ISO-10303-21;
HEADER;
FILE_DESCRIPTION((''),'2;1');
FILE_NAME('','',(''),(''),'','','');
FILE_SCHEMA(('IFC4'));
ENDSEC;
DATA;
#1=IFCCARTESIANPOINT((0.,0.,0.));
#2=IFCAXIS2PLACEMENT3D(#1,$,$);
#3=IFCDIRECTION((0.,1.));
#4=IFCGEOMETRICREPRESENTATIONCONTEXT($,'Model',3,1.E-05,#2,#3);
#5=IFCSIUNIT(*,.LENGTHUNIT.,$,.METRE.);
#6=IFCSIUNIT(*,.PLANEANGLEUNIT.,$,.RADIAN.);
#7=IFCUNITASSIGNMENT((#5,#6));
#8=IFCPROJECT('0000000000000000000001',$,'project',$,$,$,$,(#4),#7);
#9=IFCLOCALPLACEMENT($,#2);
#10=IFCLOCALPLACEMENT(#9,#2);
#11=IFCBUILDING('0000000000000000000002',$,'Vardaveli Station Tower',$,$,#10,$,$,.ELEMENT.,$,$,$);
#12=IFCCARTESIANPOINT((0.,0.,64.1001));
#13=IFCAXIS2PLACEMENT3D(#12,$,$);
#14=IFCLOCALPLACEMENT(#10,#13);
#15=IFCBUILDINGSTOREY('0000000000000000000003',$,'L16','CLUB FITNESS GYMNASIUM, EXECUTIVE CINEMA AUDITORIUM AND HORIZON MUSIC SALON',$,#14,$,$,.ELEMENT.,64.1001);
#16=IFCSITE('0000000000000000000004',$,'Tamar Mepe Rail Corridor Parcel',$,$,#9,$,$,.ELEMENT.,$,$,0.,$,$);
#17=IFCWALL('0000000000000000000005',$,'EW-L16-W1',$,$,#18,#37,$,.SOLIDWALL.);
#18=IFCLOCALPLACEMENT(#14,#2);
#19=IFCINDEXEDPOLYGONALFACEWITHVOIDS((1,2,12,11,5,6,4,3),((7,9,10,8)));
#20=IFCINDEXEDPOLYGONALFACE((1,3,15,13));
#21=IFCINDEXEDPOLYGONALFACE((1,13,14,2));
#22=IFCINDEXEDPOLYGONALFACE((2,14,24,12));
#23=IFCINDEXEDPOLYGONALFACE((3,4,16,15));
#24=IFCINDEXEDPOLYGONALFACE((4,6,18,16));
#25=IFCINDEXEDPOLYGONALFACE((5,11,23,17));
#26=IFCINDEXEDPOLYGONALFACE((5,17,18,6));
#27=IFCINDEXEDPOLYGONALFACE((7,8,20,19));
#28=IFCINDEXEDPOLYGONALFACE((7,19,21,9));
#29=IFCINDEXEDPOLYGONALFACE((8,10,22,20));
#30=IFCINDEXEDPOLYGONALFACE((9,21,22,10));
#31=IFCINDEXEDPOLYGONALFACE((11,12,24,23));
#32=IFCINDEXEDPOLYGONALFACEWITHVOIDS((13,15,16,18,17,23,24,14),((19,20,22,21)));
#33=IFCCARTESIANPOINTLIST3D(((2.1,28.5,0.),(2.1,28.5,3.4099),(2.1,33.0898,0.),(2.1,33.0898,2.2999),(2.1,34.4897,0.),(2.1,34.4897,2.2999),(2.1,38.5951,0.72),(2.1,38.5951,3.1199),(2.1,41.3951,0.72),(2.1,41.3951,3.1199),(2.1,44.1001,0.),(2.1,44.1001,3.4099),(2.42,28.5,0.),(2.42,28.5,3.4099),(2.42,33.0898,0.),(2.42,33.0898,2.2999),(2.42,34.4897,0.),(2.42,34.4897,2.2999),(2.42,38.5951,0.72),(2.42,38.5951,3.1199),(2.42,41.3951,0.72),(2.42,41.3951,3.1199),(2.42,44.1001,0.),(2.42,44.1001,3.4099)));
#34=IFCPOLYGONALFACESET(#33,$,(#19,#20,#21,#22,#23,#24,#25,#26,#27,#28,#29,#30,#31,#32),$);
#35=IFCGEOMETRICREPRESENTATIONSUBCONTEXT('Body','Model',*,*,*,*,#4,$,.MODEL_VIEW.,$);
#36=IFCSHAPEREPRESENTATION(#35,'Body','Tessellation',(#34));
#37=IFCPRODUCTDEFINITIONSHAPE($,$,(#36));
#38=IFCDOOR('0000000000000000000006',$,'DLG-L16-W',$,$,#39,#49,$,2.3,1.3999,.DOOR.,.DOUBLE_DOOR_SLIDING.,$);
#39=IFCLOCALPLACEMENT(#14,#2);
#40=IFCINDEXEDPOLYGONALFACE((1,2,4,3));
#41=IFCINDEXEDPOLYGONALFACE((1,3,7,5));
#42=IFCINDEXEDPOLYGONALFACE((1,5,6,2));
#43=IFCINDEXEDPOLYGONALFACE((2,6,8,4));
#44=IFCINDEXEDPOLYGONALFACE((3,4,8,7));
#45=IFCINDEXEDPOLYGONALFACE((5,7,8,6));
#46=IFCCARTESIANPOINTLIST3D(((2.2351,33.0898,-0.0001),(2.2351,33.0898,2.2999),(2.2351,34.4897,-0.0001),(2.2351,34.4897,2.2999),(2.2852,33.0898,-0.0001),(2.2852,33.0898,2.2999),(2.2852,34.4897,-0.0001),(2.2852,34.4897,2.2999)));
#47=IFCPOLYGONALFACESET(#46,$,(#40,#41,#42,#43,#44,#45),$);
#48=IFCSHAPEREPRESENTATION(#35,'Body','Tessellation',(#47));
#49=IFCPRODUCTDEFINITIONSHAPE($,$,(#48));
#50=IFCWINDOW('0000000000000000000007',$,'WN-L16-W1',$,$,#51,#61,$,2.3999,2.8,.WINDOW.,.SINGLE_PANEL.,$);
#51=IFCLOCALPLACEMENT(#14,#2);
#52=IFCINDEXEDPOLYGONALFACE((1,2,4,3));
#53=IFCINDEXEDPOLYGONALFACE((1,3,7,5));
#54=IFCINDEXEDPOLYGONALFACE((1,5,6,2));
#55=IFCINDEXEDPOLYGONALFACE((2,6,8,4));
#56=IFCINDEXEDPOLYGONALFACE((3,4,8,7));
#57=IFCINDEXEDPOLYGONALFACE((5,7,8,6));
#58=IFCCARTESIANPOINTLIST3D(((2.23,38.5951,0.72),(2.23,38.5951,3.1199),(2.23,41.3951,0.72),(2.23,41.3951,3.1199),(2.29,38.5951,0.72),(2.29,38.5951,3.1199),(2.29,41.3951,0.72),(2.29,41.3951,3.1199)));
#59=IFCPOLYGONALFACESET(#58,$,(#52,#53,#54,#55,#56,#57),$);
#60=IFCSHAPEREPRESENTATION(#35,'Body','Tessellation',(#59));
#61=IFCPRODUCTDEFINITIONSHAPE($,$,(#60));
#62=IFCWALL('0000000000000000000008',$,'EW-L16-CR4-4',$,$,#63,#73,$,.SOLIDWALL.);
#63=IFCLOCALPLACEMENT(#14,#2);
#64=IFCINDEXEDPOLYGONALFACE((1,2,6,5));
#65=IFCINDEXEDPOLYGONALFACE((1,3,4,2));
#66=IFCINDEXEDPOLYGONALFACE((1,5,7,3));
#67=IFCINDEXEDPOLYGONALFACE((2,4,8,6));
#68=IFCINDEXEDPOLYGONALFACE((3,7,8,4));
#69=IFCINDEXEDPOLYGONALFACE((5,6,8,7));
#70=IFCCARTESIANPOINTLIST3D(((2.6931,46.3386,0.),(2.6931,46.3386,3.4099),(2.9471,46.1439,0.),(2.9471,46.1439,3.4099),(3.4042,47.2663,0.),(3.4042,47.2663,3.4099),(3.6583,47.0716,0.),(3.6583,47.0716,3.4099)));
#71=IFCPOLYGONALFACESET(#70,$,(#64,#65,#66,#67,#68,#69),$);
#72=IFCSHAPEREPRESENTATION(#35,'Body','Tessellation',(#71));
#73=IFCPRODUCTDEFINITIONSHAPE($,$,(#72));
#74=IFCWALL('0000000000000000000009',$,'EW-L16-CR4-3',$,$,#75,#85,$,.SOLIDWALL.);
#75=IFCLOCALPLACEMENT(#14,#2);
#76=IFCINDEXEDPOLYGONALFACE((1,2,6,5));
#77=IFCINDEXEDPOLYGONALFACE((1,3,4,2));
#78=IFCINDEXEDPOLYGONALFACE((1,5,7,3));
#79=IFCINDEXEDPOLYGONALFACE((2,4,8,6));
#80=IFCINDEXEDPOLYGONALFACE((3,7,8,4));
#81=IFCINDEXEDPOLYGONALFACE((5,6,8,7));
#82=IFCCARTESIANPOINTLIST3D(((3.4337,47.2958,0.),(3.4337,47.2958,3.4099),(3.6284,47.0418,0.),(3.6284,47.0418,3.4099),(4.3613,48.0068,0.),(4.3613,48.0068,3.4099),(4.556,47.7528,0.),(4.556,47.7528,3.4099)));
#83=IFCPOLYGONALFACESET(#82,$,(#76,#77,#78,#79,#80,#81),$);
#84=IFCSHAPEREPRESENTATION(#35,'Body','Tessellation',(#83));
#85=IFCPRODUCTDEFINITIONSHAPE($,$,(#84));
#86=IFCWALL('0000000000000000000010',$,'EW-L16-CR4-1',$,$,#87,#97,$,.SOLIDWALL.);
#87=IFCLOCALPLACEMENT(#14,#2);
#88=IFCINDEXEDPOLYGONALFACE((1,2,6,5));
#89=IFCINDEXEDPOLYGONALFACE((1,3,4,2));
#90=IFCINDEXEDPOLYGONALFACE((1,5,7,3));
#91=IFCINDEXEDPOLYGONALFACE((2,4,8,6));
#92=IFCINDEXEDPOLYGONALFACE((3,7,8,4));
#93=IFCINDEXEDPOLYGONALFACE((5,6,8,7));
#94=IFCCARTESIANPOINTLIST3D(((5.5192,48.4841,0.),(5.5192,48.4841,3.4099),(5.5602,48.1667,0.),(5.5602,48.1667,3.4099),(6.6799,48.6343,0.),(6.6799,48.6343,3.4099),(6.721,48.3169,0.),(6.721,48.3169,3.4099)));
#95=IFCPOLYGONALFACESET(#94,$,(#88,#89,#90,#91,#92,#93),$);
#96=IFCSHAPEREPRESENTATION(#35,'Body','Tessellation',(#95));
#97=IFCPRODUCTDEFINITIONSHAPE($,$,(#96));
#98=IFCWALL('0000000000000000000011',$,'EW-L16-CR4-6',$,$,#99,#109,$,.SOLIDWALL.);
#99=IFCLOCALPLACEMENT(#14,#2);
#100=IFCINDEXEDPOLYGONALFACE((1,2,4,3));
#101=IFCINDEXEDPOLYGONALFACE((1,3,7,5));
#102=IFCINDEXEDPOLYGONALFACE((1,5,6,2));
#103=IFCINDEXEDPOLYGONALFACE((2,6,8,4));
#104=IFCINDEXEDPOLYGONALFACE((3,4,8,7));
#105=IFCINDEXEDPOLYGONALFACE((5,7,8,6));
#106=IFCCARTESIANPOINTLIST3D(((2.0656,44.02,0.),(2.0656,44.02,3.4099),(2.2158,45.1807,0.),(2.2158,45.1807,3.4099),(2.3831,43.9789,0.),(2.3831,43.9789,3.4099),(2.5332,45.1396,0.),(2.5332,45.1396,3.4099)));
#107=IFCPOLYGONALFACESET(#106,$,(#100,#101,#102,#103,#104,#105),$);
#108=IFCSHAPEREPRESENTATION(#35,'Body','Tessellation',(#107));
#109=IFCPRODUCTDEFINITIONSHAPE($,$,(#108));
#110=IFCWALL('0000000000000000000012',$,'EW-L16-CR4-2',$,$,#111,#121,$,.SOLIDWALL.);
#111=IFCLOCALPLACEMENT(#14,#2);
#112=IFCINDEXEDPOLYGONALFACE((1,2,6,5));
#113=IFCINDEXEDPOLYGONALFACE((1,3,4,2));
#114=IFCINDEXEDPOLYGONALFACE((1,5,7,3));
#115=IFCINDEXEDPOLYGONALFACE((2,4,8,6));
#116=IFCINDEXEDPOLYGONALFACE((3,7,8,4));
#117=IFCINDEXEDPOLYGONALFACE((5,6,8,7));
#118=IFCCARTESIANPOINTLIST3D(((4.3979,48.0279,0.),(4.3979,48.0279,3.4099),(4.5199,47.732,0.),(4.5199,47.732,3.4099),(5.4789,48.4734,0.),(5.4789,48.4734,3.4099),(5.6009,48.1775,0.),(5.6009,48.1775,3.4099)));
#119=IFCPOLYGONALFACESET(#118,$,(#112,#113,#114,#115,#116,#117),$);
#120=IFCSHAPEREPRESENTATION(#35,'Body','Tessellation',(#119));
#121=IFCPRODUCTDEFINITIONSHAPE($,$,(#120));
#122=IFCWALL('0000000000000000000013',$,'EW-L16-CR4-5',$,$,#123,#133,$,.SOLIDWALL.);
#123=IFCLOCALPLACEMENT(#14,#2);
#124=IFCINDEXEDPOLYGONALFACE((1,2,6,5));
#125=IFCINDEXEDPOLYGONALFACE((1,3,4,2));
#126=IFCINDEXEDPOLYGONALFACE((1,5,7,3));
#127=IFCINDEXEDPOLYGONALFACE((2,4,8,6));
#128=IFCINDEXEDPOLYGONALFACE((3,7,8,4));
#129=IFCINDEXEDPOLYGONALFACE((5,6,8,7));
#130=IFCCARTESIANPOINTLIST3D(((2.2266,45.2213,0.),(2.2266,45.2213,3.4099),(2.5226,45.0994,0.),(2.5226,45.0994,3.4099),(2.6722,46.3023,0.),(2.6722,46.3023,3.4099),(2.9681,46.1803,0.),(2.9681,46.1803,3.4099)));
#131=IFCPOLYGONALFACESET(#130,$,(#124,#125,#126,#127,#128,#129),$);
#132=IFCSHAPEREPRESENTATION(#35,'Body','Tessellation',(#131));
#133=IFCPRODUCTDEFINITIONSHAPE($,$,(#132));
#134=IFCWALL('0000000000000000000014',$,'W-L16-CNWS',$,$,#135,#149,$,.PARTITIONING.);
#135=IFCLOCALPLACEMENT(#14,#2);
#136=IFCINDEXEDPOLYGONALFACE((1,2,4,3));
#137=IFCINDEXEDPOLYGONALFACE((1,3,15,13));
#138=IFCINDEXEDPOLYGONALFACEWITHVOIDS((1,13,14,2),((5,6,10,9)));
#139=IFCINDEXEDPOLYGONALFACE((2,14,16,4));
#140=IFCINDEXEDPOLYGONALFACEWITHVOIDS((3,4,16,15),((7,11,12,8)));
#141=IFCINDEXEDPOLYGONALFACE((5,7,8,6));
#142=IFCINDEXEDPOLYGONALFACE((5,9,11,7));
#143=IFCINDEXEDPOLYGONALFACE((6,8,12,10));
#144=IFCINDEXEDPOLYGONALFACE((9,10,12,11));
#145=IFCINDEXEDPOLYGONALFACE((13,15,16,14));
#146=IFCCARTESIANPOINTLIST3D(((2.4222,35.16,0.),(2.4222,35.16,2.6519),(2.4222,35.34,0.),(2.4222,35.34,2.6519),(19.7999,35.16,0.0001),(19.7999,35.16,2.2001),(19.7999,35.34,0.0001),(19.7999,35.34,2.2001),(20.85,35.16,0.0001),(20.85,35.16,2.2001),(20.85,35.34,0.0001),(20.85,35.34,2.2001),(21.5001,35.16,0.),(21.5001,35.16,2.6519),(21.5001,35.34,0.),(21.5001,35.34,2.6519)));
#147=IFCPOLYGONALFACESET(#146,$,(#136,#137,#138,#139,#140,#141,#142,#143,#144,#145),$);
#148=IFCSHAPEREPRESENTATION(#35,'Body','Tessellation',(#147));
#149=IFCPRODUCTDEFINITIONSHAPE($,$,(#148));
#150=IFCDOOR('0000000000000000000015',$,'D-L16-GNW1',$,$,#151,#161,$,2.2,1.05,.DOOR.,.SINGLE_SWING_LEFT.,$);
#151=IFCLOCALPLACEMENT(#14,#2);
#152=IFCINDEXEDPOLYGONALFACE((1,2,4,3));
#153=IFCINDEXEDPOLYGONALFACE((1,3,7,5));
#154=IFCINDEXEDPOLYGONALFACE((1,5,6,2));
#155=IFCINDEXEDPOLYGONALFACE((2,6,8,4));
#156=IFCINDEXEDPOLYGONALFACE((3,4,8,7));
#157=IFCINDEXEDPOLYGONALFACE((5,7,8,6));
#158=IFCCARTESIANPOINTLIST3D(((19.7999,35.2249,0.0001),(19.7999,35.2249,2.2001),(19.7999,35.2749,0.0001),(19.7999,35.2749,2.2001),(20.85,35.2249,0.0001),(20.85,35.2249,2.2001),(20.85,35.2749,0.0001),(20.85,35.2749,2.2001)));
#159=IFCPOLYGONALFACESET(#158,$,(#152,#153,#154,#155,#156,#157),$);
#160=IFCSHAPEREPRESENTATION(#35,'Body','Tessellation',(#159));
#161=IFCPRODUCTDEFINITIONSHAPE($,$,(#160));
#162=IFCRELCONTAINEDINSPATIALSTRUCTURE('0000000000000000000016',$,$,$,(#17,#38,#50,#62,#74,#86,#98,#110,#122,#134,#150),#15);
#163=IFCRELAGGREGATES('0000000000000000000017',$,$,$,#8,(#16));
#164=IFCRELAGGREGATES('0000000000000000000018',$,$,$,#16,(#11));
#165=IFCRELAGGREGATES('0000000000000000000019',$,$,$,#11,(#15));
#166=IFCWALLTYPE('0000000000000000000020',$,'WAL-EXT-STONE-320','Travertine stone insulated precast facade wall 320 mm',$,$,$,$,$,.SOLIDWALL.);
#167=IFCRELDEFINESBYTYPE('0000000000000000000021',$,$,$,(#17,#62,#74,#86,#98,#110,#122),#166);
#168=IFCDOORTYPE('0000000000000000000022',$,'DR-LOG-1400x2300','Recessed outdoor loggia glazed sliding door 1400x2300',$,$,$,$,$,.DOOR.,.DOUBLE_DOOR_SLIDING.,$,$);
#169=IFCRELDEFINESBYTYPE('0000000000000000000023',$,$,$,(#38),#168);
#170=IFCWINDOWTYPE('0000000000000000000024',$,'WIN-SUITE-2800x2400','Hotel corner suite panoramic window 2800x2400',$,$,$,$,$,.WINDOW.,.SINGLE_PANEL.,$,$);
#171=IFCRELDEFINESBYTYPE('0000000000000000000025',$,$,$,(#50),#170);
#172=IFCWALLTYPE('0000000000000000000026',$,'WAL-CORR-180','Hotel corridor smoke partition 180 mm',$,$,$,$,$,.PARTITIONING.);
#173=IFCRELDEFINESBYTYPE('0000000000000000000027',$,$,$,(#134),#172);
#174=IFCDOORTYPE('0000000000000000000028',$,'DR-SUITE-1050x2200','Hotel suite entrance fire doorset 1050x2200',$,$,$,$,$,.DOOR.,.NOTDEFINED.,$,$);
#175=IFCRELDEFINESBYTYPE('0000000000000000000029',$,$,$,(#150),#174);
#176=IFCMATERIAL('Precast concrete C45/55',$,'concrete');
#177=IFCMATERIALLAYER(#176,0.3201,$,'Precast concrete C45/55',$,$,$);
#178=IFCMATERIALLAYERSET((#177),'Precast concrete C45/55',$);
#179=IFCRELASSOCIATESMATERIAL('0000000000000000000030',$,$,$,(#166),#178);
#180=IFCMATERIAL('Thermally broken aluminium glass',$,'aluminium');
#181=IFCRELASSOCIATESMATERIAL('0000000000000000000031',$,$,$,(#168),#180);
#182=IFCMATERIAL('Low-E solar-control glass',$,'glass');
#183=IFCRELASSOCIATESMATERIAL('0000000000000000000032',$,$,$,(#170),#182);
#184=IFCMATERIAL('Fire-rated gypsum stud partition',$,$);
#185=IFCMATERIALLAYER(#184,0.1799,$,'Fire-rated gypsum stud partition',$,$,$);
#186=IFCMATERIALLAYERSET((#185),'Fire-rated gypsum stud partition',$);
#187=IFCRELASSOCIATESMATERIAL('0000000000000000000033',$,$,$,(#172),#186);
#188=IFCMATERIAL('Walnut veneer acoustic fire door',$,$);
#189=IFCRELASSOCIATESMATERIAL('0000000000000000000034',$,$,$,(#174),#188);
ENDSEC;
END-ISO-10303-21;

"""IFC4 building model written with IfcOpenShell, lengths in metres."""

from ifc_helpers import new_model, si_unit, direction, frame, frame_2d, origin, place, context, subcontext, project, spatial, rectangle, extrude, source, transform, mapped, material, layer, layer_set, type_object, element, fill, save


model = new_model("IFC4")

# Units and contexts
model_context = context("Model", 3, precision=1e-05, world=origin(), true_north=direction((0.0, 1.0)))
body_context = subcontext(model_context, "Body", "Model", "MODEL_VIEW")
ifc_project = project(units=[si_unit("LENGTHUNIT", "METRE"), si_unit("PLANEANGLEUNIT", "RADIAN")], contexts=[model_context])

# Site, building, storey
site_placement = place(None, origin())
site = spatial("IfcSite", under=ifc_project, at=site_placement, Name="Tamar Mepe Rail Corridor Parcel", CompositionType="ELEMENT", RefElevation=0.0)
building_placement = place(site_placement, origin())
building = spatial("IfcBuilding", under=site, at=building_placement, Name="Vardaveli Station Tower", CompositionType="ELEMENT")
storey_placement = place(building_placement, frame((0.0, 0.0, 64.1001)))
storey = spatial("IfcBuildingStorey", under=building, at=storey_placement, Name="L16", Description="CLUB FITNESS GYMNASIUM, EXECUTIVE CINEMA AUDITORIUM AND HORIZON MUSIC SALON", CompositionType="ELEMENT", Elevation=64.1001)

# Shared definitions
ifc_material_1 = material(Name="Precast concrete C45/55", Category="concrete")

# Wall, openings, door, window
ifc_layer_1 = layer(ifc_material_1, 0.3201, Name="Precast concrete C45/55")
ifc_layer_set_1 = layer_set([ifc_layer_1], Name="Precast concrete C45/55")
wall_type_1 = type_object("IfcWallType", Name="WAL-EXT-STONE-320", Description="Travertine stone insulated precast facade wall 320 mm", PredefinedType="SOLIDWALL", material=ifc_layer_set_1)
shared_shape_1 = source(origin(), body_context, "Body", "SweptSolid", [
    extrude(rectangle(XDim=15.6001, YDim=0.3201, at=frame_2d((7.8, 0.0))), origin(), (0.0, 0.0, 1.0), 3.4099),
])
wall_1_placement = place(storey_placement, frame((2.26, 44.1001, 0.0), z_axis=(0.0, 0.0, 1.0), x_axis=(0.0, -1.0, 0.0)))
wall_1 = element("IfcWall", 1, at=wall_1_placement, inside=storey, type_object=wall_type_1, Name="EW-L16-W1", PredefinedType="SOLIDWALL", context=body_context, shape_type="MappedRepresentation", body=[
    mapped(shared_shape_1, transform((0.0, 0.0, 0.0), scale=1.0)),
])
shared_shape_2 = source(origin(), body_context, "Body", "SweptSolid", [
    extrude(rectangle(XDim=1.3999, YDim=2.3, at=frame_2d((0.7, 1.1499))), frame((0.0, 0.1699, 0.0), z_axis=(0.0, -1.0, 0.0), x_axis=(1.0, 0.0, 0.0)), (0.0, 0.0, 1.0), 0.3401),
])
opening_1_placement = place(wall_1_placement, frame((9.6104, 0.0, 0.0)))
opening_1 = element("IfcOpeningElement", 2, at=opening_1_placement, cuts=wall_1, PredefinedType="OPENING", context=body_context, shape_type="MappedRepresentation", body=[
    mapped(shared_shape_2, transform((0.0, 0.0, 0.0), scale=1.0)),
])
shared_shape_3 = source(origin(), body_context, "Body", "SweptSolid", [
    extrude(rectangle(XDim=2.8, YDim=2.3999, at=frame_2d((1.3999, 1.2))), frame((0.0, 0.1699, 0.0), z_axis=(0.0, -1.0, 0.0), x_axis=(1.0, 0.0, 0.0)), (0.0, 0.0, 1.0), 0.3401),
])
opening_2_placement = place(wall_1_placement, frame((2.7051, 0.0, 0.72)))
opening_2 = element("IfcOpeningElement", 3, at=opening_2_placement, cuts=wall_1, PredefinedType="OPENING", context=body_context, shape_type="MappedRepresentation", body=[
    mapped(shared_shape_3, transform((0.0, 0.0, 0.0), scale=1.0)),
])
ifc_material_2 = material(Name="Thermally broken aluminium glass", Category="aluminium")
door_type_1 = type_object("IfcDoorType", Name="DR-LOG-1400x2300", Description="Recessed outdoor loggia glazed sliding door 1400x2300", OperationType="DOUBLE_DOOR_SLIDING", PredefinedType="DOOR", material=ifc_material_2)
shared_shape_4 = source(origin(), body_context, "Body", "SweptSolid", [
    extrude(rectangle(XDim=1.3999, YDim=2.3, at=frame_2d((0.7, 1.1499))), frame((0.0, 0.0249, 0.0), z_axis=(0.0, -1.0, 0.0), x_axis=(1.0, 0.0, 0.0)), (0.0, 0.0, 1.0), 0.05),
])
door_1_placement = place(opening_1_placement, frame((1.3999, 0.0, 0.0), z_axis=(0.0, 0.0, 1.0), x_axis=(-1.0, 0.0, 0.0)))
door_1 = element("IfcDoor", 4, at=door_1_placement, inside=storey, type_object=door_type_1, Name="DLG-L16-W", OperationType="DOUBLE_DOOR_SLIDING", OverallHeight=2.3, OverallWidth=1.3999, PredefinedType="DOOR", context=body_context, shape_type="MappedRepresentation", body=[
    mapped(shared_shape_4, transform((0.0, 0.0, 0.0), scale=1.0)),
])
fill(opening_1, door_1)
ifc_material_3 = material(Name="Low-E solar-control glass", Category="glass")
window_type = type_object("IfcWindowType", Name="WIN-SUITE-2800x2400", Description="Hotel corner suite panoramic window 2800x2400", PartitioningType="SINGLE_PANEL", PredefinedType="WINDOW", material=ifc_material_3)
shared_shape_5 = source(origin(), body_context, "Body", "SweptSolid", [
    extrude(rectangle(XDim=2.8, YDim=2.3999, at=frame_2d((1.3999, 1.2))), frame((0.0, 0.03, 0.0), z_axis=(0.0, -1.0, 0.0), x_axis=(1.0, 0.0, 0.0)), (0.0, 0.0, 1.0), 0.0601),
])
window_placement = place(opening_2_placement, origin())
window = element("IfcWindow", 5, at=window_placement, inside=storey, type_object=window_type, Name="WN-L16-W1", OverallHeight=2.3999, OverallWidth=2.8, PartitioningType="SINGLE_PANEL", PredefinedType="WINDOW", context=body_context, shape_type="MappedRepresentation", body=[
    mapped(shared_shape_5, transform((0.0, 0.0, 0.0), scale=1.0)),
])
fill(opening_2, window)

# Walls
shared_shape_6 = source(origin(), body_context, "Body", "SweptSolid", [
    extrude(rectangle(XDim=1.1689, YDim=0.3201, at=frame_2d((0.5845, 0.0))), origin(), (0.0, 0.0, 1.0), 3.4099),
])
wall_2_placement = place(storey_placement, frame((3.5312, 47.1689, 0.0), z_axis=(0.0, 0.0, 1.0), x_axis=(-0.608388, -0.79364, 0.0)))
element("IfcWall", 6, at=wall_2_placement, inside=storey, type_object=wall_type_1, Name="EW-L16-CR4-4", PredefinedType="SOLIDWALL", context=body_context, shape_type="MappedRepresentation", body=[
    mapped(shared_shape_6, transform((0.0, 0.0, 0.0), scale=1.0)),
])
shared_shape_7 = source(origin(), body_context, "Body", "SweptSolid", [
    extrude(rectangle(XDim=1.1687, YDim=0.3201, at=frame_2d((0.5845, 0.0))), origin(), (0.0, 0.0, 1.0), 3.4099),
])
wall_3_placement = place(storey_placement, frame((4.4587, 47.8799, 0.0), z_axis=(0.0, 0.0, 1.0), x_axis=(-0.793664, -0.608357, 0.0)))
element("IfcWall", 7, at=wall_3_placement, inside=storey, type_object=wall_type_1, Name="EW-L16-CR4-3", PredefinedType="SOLIDWALL", context=body_context, shape_type="MappedRepresentation", body=[
    mapped(shared_shape_7, transform((0.0, 0.0, 0.0), scale=1.0)),
])
shared_shape_8 = source(origin(), body_context, "Body", "SweptSolid", [
    extrude(rectangle(XDim=1.1704, YDim=0.3201, at=frame_2d((0.5852, 0.0))), origin(), (0.0, 0.0, 1.0), 3.4099),
])
for number, where, z_axis, x_axis, name in (
    (8, (6.7004, 48.4756, 0.0), (0.0, 0.0, 1.0), (-0.991736, -0.128296, 0.0), "EW-L16-CR4-1"),
    (9, (2.3745, 45.1602, 0.0), (0.0, 0.0, 1.0), (-0.128296, -0.991736, 0.0), "EW-L16-CR4-6"),
):
    element("IfcWall", number, at=place(storey_placement, frame(where, z_axis=z_axis, x_axis=x_axis)), inside=storey, type_object=wall_type_1, Name=name, PredefinedType="SOLIDWALL", context=body_context, shape_type="MappedRepresentation", body=[
        mapped(shared_shape_8, transform((0.0, 0.0, 0.0), scale=1.0)),
    ])
shared_shape_9 = source(origin(), body_context, "Body", "SweptSolid", [
    extrude(rectangle(XDim=1.1692, YDim=0.3201, at=frame_2d((0.5845, 0.0))), origin(), (0.0, 0.0, 1.0), 3.4099),
])
for number, where, z_axis, x_axis, name in (
    (10, (5.5398, 48.3254, 0.0), (0.0, 0.0, 1.0), (-0.924553, -0.381054, 0.0), "EW-L16-CR4-2"),
    (11, (2.8201, 46.2412, 0.0), (0.0, 0.0, 1.0), (-0.381054, -0.924553, 0.0), "EW-L16-CR4-5"),
):
    element("IfcWall", number, at=place(storey_placement, frame(where, z_axis=z_axis, x_axis=x_axis)), inside=storey, type_object=wall_type_1, Name=name, PredefinedType="SOLIDWALL", context=body_context, shape_type="MappedRepresentation", body=[
        mapped(shared_shape_9, transform((0.0, 0.0, 0.0), scale=1.0)),
    ])

# Wall, opening, door
ifc_material_4 = material(Name="Fire-rated gypsum stud partition")
ifc_layer_2 = layer(ifc_material_4, 0.1799, Name="Fire-rated gypsum stud partition")
ifc_layer_set_2 = layer_set([ifc_layer_2], Name="Fire-rated gypsum stud partition")
wall_type_2 = type_object("IfcWallType", Name="WAL-CORR-180", Description="Hotel corridor smoke partition 180 mm", PredefinedType="PARTITIONING", material=ifc_layer_set_2)
shared_shape_10 = source(origin(), body_context, "Body", "SweptSolid", [
    extrude(rectangle(XDim=19.0779, YDim=0.1799, at=frame_2d((9.5391, 0.0))), origin(), (0.0, 0.0, 1.0), 2.6519),
])
wall_4_placement = place(storey_placement, frame((2.4221, 35.25, 0.0), z_axis=(0.0, 0.0, 1.0), x_axis=(1.0, 0.0, 0.0)))
wall_4 = element("IfcWall", 12, at=wall_4_placement, inside=storey, type_object=wall_type_2, Name="W-L16-CNWS", PredefinedType="PARTITIONING", context=body_context, shape_type="MappedRepresentation", body=[
    mapped(shared_shape_10, transform((0.0, 0.0, 0.0), scale=1.0)),
])
shared_shape_11 = source(origin(), body_context, "Body", "SweptSolid", [
    extrude(rectangle(XDim=1.05, YDim=2.2, at=frame_2d((0.5249, 1.1001))), frame((0.0, 0.1001, 0.0), z_axis=(0.0, -1.0, 0.0), x_axis=(1.0, 0.0, 0.0)), (0.0, 0.0, 1.0), 0.2),
])
opening_3_placement = place(wall_4_placement, frame((17.3779, 0.0, 0.0)))
opening_3 = element("IfcOpeningElement", 13, at=opening_3_placement, cuts=wall_4, PredefinedType="OPENING", context=body_context, shape_type="MappedRepresentation", body=[
    mapped(shared_shape_11, transform((0.0, 0.0, 0.0), scale=1.0)),
])
ifc_material_5 = material(Name="Walnut veneer acoustic fire door")
door_type_2 = type_object("IfcDoorType", Name="DR-SUITE-1050x2200", Description="Hotel suite entrance fire doorset 1050x2200", OperationType="NOTDEFINED", PredefinedType="DOOR", material=ifc_material_5)
shared_shape_12 = source(origin(), body_context, "Body", "SweptSolid", [
    extrude(rectangle(XDim=1.05, YDim=2.2, at=frame_2d((0.5249, 1.1001))), frame((0.0, 0.0249, 0.0), z_axis=(0.0, -1.0, 0.0), x_axis=(1.0, 0.0, 0.0)), (0.0, 0.0, 1.0), 0.05),
])
door_2_placement = place(opening_3_placement, origin())
door_2 = element("IfcDoor", 14, at=door_2_placement, inside=storey, type_object=door_type_2, Name="D-L16-GNW1", OperationType="SINGLE_SWING_LEFT", OverallHeight=2.2, OverallWidth=1.05, PredefinedType="DOOR", context=body_context, shape_type="MappedRepresentation", body=[
    mapped(shared_shape_12, transform((0.0, 0.0, 0.0), scale=1.0)),
])
fill(opening_3, door_2)

save(model, "model.ifc")
